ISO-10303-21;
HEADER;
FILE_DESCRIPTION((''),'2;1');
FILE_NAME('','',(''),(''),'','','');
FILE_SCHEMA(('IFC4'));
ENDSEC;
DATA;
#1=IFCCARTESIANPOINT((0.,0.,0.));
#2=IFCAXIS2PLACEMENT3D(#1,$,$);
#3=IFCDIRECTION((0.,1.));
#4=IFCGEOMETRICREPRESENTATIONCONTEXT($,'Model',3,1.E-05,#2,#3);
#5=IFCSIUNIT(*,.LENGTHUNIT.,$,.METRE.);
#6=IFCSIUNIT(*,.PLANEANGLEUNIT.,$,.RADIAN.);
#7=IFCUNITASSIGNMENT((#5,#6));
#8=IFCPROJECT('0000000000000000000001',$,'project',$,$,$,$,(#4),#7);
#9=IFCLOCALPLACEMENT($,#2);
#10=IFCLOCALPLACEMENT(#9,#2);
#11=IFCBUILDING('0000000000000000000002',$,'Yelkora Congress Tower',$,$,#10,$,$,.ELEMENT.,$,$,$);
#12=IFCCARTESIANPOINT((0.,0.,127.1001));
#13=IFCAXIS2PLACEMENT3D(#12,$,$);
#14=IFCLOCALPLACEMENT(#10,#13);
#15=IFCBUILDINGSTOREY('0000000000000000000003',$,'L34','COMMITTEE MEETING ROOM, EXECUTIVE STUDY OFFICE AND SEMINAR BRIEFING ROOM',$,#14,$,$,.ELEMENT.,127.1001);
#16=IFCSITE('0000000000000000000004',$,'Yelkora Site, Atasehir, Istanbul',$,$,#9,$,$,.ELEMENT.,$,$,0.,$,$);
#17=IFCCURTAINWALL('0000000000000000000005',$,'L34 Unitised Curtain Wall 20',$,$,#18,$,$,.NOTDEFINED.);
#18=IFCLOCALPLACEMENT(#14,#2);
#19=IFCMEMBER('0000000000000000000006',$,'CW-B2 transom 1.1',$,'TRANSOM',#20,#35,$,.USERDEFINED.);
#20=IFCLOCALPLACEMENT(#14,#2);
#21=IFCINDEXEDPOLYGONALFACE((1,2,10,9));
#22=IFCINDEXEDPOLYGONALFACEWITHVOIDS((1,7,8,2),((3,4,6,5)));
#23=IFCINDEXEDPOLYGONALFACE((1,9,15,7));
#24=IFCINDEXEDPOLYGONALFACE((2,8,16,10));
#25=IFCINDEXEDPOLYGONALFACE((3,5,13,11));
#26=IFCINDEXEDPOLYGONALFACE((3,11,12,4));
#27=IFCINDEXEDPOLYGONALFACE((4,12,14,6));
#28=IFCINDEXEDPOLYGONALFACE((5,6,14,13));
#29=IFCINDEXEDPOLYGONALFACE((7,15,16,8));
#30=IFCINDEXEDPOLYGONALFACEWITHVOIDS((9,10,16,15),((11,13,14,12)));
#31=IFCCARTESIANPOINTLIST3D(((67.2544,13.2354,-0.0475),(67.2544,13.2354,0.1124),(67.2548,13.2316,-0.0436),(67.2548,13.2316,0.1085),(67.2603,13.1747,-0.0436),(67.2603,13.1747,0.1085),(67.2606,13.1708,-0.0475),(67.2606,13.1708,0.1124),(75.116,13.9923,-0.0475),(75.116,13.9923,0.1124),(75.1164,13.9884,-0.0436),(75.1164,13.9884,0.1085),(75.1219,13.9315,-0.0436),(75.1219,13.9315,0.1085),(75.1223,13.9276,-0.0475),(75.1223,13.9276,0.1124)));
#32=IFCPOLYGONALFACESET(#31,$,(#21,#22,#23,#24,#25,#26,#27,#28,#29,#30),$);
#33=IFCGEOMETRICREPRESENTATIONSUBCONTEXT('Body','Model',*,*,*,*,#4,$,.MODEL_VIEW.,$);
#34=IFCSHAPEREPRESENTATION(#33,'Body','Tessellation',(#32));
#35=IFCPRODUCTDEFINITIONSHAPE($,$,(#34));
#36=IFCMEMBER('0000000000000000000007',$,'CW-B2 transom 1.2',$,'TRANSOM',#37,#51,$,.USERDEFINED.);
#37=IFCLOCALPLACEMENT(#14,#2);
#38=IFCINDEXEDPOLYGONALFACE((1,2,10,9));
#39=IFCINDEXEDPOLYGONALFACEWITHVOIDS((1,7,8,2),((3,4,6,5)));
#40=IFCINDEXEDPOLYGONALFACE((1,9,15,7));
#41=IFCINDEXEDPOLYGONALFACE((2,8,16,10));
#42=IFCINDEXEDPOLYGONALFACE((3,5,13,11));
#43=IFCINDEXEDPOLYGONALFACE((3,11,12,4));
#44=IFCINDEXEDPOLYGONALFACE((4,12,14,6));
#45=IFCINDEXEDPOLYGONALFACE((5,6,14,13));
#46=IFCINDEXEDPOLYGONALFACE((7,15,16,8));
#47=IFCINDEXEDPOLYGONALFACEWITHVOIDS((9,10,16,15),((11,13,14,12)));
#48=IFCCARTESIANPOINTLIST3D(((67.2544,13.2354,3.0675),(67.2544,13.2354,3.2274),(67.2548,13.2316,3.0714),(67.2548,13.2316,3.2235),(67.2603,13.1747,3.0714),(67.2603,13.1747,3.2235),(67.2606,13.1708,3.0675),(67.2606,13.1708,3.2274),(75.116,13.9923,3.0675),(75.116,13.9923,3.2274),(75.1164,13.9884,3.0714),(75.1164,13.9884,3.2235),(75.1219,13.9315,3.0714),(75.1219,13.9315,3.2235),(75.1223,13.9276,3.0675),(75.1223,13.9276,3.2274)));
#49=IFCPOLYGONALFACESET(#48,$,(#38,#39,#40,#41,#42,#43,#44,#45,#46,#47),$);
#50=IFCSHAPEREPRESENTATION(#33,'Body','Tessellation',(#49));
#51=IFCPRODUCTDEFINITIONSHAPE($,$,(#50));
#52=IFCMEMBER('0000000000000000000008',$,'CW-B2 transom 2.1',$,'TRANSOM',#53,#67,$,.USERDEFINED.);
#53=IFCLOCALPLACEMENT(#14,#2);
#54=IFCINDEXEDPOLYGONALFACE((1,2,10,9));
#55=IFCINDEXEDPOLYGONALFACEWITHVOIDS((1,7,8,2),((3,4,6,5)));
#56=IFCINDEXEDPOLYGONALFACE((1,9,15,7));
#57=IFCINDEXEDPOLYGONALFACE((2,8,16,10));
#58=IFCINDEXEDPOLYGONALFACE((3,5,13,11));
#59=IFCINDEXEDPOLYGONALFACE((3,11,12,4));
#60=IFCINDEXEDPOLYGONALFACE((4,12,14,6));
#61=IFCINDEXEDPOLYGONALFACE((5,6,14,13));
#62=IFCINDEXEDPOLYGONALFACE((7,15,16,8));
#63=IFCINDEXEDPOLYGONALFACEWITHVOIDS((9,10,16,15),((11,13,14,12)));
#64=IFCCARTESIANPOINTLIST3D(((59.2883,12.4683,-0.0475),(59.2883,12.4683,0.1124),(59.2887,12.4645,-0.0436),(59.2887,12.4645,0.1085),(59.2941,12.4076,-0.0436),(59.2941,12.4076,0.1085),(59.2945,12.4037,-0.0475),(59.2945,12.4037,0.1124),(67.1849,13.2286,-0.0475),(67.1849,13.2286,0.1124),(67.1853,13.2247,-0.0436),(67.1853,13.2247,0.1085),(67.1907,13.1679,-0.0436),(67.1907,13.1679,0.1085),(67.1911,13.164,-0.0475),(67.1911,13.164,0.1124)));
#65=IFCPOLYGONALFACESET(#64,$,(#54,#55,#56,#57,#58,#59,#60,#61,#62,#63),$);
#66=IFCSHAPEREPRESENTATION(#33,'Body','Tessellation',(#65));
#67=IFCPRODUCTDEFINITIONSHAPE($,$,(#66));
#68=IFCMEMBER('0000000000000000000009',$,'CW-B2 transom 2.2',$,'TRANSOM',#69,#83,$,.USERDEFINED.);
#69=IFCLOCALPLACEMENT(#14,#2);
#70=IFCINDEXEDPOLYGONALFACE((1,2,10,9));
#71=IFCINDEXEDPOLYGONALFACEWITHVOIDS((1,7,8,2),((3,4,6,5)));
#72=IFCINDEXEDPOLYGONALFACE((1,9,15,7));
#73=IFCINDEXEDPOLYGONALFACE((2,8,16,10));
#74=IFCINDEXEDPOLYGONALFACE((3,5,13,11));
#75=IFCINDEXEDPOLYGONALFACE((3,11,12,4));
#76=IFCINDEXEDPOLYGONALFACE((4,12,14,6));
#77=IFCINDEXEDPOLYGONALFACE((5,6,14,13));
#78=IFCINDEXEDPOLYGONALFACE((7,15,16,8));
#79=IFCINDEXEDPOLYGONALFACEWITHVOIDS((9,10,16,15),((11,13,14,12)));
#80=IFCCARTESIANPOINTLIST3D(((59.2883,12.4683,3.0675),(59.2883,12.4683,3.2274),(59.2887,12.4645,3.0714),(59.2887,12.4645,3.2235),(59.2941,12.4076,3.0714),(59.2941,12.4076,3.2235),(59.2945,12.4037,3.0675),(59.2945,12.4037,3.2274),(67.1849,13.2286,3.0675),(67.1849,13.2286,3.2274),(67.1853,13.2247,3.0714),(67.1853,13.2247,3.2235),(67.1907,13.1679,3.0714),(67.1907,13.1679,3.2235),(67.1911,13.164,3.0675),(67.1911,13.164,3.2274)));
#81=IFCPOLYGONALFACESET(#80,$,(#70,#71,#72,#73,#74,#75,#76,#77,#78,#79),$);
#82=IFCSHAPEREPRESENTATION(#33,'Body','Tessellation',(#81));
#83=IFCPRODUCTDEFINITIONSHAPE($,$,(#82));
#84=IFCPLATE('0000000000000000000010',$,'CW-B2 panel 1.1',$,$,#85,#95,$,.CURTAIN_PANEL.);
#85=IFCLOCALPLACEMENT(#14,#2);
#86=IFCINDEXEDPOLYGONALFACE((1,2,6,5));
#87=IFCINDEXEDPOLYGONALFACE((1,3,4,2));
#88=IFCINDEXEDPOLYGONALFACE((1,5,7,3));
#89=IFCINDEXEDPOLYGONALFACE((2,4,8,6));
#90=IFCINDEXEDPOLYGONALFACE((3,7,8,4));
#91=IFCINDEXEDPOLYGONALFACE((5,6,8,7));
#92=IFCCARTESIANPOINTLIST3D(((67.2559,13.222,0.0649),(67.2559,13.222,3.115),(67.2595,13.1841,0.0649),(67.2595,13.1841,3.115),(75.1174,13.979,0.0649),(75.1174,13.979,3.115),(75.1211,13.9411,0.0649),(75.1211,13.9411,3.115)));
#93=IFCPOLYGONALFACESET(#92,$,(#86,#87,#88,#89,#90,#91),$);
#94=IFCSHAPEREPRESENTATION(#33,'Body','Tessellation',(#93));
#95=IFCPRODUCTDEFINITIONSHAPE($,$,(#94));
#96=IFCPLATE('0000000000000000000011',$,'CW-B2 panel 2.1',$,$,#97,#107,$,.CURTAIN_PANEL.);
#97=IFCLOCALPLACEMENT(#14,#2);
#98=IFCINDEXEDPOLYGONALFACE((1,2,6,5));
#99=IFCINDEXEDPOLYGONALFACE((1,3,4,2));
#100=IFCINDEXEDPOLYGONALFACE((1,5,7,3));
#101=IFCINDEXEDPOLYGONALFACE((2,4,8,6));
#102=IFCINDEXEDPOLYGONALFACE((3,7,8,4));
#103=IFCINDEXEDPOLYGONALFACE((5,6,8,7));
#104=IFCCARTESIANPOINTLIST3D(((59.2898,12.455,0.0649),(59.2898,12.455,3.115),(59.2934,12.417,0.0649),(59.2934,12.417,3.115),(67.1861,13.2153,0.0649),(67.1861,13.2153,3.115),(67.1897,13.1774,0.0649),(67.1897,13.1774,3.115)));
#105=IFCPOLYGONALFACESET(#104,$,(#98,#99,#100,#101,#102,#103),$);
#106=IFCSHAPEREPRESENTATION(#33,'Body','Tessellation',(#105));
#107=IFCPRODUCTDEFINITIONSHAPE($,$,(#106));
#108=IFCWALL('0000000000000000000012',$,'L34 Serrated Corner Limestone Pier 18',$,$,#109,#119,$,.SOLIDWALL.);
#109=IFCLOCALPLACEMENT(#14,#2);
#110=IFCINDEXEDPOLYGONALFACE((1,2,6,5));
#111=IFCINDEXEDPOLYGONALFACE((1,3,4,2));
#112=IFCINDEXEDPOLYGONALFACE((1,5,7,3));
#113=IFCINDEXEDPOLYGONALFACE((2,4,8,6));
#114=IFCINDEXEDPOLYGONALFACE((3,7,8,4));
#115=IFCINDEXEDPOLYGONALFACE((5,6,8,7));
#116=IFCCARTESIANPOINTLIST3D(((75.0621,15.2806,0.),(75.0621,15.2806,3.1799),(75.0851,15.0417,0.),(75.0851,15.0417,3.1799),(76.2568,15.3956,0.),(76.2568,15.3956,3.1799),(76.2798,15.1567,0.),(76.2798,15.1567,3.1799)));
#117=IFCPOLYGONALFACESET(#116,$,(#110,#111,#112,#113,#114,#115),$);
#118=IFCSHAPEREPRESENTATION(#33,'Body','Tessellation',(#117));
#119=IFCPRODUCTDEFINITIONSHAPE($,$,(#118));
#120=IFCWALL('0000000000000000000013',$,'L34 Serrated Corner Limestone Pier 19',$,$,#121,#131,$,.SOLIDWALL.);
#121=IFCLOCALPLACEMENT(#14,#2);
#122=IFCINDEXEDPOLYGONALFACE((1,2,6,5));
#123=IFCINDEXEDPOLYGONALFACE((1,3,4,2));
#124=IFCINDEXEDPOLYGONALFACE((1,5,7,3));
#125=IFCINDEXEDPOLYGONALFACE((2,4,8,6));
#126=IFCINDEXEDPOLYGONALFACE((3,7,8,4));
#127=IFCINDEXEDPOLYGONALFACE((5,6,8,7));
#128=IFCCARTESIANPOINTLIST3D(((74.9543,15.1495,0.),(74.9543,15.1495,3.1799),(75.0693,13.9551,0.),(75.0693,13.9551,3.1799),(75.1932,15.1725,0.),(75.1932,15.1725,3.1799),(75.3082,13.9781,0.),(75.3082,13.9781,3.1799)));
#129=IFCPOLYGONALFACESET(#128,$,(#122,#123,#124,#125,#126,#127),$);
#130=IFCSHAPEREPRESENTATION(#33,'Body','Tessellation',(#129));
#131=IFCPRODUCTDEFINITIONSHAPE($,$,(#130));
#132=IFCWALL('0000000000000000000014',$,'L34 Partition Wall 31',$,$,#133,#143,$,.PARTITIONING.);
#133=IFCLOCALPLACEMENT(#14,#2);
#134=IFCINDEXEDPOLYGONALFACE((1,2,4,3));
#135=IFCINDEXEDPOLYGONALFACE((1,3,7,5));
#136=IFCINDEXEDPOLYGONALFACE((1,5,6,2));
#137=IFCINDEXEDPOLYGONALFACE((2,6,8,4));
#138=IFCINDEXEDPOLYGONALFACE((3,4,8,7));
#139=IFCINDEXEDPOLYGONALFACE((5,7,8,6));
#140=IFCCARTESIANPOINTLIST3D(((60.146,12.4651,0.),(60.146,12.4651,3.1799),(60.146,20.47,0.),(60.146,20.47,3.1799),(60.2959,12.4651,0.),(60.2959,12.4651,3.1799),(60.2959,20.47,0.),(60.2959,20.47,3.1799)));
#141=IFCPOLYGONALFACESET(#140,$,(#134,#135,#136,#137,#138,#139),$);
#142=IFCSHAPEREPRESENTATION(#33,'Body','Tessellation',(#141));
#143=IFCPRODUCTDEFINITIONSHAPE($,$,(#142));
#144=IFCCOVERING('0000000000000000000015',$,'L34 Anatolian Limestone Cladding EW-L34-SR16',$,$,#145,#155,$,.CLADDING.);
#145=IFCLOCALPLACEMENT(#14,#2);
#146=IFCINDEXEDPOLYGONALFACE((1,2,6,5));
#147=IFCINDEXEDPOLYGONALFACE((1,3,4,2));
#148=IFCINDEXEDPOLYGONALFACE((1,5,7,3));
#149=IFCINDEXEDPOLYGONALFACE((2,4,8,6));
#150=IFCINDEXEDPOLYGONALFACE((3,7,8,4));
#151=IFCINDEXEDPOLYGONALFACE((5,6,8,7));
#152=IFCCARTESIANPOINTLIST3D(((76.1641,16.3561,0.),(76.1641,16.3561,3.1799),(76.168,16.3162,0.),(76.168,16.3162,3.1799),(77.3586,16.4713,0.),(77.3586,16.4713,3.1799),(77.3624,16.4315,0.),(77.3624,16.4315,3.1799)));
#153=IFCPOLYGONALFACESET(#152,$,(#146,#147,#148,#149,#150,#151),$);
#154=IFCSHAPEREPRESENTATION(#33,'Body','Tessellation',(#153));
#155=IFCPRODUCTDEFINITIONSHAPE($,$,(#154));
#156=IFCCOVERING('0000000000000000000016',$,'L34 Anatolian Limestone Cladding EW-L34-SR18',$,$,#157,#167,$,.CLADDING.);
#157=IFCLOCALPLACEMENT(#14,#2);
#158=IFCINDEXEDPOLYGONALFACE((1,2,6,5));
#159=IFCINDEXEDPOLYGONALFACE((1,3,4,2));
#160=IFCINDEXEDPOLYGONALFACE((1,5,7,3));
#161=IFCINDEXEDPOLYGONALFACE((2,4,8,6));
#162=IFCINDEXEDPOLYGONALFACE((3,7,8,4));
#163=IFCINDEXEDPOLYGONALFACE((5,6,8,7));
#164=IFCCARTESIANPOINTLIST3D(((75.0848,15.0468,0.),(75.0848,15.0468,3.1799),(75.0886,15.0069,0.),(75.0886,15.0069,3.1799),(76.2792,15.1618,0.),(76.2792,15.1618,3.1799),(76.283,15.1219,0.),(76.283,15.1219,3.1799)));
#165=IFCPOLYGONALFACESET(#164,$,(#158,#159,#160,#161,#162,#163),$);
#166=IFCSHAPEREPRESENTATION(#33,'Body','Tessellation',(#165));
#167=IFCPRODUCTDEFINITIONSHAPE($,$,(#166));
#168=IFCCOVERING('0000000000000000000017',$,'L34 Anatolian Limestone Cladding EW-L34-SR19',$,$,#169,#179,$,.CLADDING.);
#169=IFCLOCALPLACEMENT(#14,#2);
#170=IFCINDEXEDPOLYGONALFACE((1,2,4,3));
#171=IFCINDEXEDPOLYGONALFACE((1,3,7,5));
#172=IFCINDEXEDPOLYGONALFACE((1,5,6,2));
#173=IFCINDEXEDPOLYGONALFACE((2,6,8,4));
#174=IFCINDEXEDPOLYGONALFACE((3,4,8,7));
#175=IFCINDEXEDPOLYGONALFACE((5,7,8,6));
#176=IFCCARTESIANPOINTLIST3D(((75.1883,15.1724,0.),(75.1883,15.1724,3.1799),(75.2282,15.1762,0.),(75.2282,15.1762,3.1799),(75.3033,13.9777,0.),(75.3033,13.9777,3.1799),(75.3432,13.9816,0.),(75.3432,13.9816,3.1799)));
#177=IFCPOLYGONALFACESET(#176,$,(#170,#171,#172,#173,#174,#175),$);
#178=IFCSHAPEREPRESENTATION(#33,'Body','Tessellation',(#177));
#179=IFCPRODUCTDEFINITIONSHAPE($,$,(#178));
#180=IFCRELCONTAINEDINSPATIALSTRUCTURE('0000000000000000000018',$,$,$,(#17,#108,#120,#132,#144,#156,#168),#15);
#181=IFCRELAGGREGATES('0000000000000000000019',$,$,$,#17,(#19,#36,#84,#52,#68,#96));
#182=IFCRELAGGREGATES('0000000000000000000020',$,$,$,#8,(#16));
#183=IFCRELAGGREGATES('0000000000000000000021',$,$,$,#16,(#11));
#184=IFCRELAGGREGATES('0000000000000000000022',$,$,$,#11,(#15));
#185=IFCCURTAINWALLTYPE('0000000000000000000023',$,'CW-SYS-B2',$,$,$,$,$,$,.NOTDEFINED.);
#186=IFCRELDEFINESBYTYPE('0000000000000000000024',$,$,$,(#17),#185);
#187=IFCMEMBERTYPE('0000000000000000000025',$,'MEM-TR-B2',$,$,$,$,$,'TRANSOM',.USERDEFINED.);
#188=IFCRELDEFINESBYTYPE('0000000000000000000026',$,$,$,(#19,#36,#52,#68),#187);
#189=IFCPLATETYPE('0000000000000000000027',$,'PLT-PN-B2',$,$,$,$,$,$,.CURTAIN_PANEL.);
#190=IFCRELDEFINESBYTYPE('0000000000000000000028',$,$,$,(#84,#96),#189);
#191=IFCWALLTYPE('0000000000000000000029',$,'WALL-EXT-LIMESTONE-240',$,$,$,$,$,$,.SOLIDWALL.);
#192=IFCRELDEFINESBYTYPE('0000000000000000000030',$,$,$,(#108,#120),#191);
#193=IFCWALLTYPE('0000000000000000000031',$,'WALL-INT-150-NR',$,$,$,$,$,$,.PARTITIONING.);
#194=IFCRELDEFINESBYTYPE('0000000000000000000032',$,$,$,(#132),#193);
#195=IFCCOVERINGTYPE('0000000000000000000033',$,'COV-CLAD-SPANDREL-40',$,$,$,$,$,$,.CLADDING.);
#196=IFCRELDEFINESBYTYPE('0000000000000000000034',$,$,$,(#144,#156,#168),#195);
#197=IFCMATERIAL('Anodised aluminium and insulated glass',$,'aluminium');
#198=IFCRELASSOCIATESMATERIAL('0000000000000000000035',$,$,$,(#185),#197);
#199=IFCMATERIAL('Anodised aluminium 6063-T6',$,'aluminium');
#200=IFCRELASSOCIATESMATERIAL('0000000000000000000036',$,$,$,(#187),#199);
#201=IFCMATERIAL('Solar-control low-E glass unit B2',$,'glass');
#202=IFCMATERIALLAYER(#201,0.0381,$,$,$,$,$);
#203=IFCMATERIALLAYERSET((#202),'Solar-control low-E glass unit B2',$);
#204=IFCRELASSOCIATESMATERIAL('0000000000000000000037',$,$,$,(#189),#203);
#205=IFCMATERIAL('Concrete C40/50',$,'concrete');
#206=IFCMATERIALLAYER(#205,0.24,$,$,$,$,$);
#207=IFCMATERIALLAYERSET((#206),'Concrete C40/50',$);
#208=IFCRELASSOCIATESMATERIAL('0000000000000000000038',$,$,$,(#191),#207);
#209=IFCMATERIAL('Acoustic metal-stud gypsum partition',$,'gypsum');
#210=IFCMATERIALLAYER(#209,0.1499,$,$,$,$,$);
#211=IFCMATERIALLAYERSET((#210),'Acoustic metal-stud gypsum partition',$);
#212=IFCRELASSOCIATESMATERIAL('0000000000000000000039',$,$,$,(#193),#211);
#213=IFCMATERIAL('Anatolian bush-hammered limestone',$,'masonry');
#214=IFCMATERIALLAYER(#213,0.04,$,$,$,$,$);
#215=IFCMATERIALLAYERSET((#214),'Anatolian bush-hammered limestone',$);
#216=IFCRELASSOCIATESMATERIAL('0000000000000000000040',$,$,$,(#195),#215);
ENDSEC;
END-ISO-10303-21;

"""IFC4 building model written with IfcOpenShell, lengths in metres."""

from ifc_helpers import new_model, si_unit, direction, frame, frame_2d, origin, origin_2d, place, context, subcontext, project, spatial, rectangle, hollow_rectangle, extrude, material, layer, layer_set, material_profile, profile_set, type_object, element, aggregate, save


model = new_model("IFC4")

# Units and contexts
model_context = context("Model", 3, precision=1e-05, world=origin(), true_north=direction((0.0, 1.0)))
body_context = subcontext(model_context, "Body", "Model", "MODEL_VIEW")
ifc_project = project(units=[si_unit("LENGTHUNIT", "METRE"), si_unit("PLANEANGLEUNIT", "RADIAN")], contexts=[model_context])

# Site, building, storey
site_placement = place(None, origin())
site = spatial("IfcSite", under=ifc_project, at=site_placement, Name="Yelkora Site, Atasehir, Istanbul", CompositionType="ELEMENT", RefElevation=0.0)
building_placement = place(site_placement, origin())
building = spatial("IfcBuilding", under=site, at=building_placement, Name="Yelkora Congress Tower", CompositionType="ELEMENT")
storey_placement = place(building_placement, frame((0.0, 0.0, 127.1001)))
storey = spatial("IfcBuildingStorey", under=building, at=storey_placement, Name="L34", Description="COMMITTEE MEETING ROOM, EXECUTIVE STUDY OFFICE AND SEMINAR BRIEFING ROOM", CompositionType="ELEMENT", Elevation=127.1001)

# Curtain wall, members, plates
ifc_material_1 = material(Name="Anodised aluminium and insulated glass", Category="aluminium")
curtain_wall_type = type_object("IfcCurtainWallType", Name="CW-SYS-B2", PredefinedType="NOTDEFINED", material=ifc_material_1)
curtain_wall_placement = place(storey_placement, origin())
curtain_wall = element("IfcCurtainWall", 1, at=curtain_wall_placement, inside=storey, type_object=curtain_wall_type, Name="L34 Unitised Curtain Wall 20", PredefinedType="NOTDEFINED")
ifc_material_2 = material(Name="Anodised aluminium 6063-T6", Category="aluminium")
ifc_material_profile_1 = material_profile(ifc_material_2, hollow_rectangle(XDim=0.0649, YDim=0.1599, WallThickness=0.0039, at=origin_2d()), Name="ALU 65x160x4")
ifc_profile_set_1 = profile_set([ifc_material_profile_1], Name="Anodised aluminium 6063-T6")
member_type_1 = type_object("IfcMemberType", Name="MEM-TR-B2", ElementType="TRANSOM", PredefinedType="USERDEFINED", material=ifc_profile_set_1)
member_1_placement = place(storey_placement, frame((75.1191, 13.96, 0.0325), z_axis=(-0.995398, -0.095827, 0.0), x_axis=(0.095827, -0.995398, 0.0)))
member_1 = element("IfcMember", 2, at=member_1_placement, type_object=member_type_1, Name="CW-B2 transom 1.1", ObjectType="TRANSOM", PredefinedType="USERDEFINED", context=body_context, shape_type="SweptSolid", body=[
    extrude(hollow_rectangle(XDim=0.0649, YDim=0.1599, WallThickness=0.0039, at=origin_2d()), origin(), (0.0, 0.0, 1.0), 7.8979),
])
member_2_placement = place(storey_placement, frame((75.1191, 13.96, 3.1475), z_axis=(-0.995398, -0.095827, 0.0), x_axis=(0.095827, -0.995398, 0.0)))
member_2 = element("IfcMember", 3, at=member_2_placement, type_object=member_type_1, Name="CW-B2 transom 1.2", ObjectType="TRANSOM", PredefinedType="USERDEFINED", context=body_context, shape_type="SweptSolid", body=[
    extrude(hollow_rectangle(XDim=0.0649, YDim=0.1599, WallThickness=0.0039, at=origin_2d()), origin(), (0.0, 0.0, 1.0), 7.8979),
])
member_3_placement = place(storey_placement, frame((67.188, 13.1963, 0.0325), z_axis=(-0.995397, -0.095834, 0.0), x_axis=(0.095834, -0.995397, 0.0)))
member_3 = element("IfcMember", 4, at=member_3_placement, type_object=member_type_1, Name="CW-B2 transom 2.1", ObjectType="TRANSOM", PredefinedType="USERDEFINED", context=body_context, shape_type="SweptSolid", body=[
    extrude(hollow_rectangle(XDim=0.0649, YDim=0.1599, WallThickness=0.0039, at=origin_2d()), origin(), (0.0, 0.0, 1.0), 7.9331),
])
member_4_placement = place(storey_placement, frame((67.188, 13.1963, 3.1475), z_axis=(-0.995397, -0.095834, 0.0), x_axis=(0.095834, -0.995397, 0.0)))
member_4 = element("IfcMember", 5, at=member_4_placement, type_object=member_type_1, Name="CW-B2 transom 2.2", ObjectType="TRANSOM", PredefinedType="USERDEFINED", context=body_context, shape_type="SweptSolid", body=[
    extrude(hollow_rectangle(XDim=0.0649, YDim=0.1599, WallThickness=0.0039, at=origin_2d()), origin(), (0.0, 0.0, 1.0), 7.9331),
])
ifc_material_3 = material(Name="Solar-control low-E glass unit B2", Category="glass")
ifc_layer_1 = layer(ifc_material_3, 0.0381)
ifc_layer_set_1 = layer_set([ifc_layer_1], Name="Solar-control low-E glass unit B2")
plate_type = type_object("IfcPlateType", Name="PLT-PN-B2", PredefinedType="CURTAIN_PANEL", material=ifc_layer_set_1)
plate_1_placement = place(storey_placement, frame((71.1885, 13.5815, 0.0649), z_axis=(0.0, 0.0, 1.0), x_axis=(-0.995396, -0.095844, 0.0)))
plate_1 = element("IfcPlate", 6, at=plate_1_placement, type_object=plate_type, Name="CW-B2 panel 1.1", PredefinedType="CURTAIN_PANEL", context=body_context, shape_type="SweptSolid", body=[
    extrude(rectangle(XDim=7.8979, YDim=0.0381, at=origin_2d()), origin(), (0.0, 0.0, 1.0), 3.05),
])
plate_2_placement = place(storey_placement, frame((63.2397, 12.8162, 0.0649), z_axis=(0.0, 0.0, 1.0), x_axis=(-0.995396, -0.095844, 0.0)))
plate_2 = element("IfcPlate", 7, at=plate_2_placement, type_object=plate_type, Name="CW-B2 panel 2.1", PredefinedType="CURTAIN_PANEL", context=body_context, shape_type="SweptSolid", body=[
    extrude(rectangle(XDim=7.9329, YDim=0.0381, at=origin_2d()), origin(), (0.0, 0.0, 1.0), 3.05),
])
aggregate(curtain_wall, [member_1, member_2, plate_1, member_3, member_4, plate_2])

# Walls
ifc_material_4 = material(Name="Concrete C40/50", Category="concrete")
ifc_layer_2 = layer(ifc_material_4, 0.24)
ifc_layer_set_2 = layer_set([ifc_layer_2], Name="Concrete C40/50")
wall_type_1 = type_object("IfcWallType", Name="WALL-EXT-LIMESTONE-240", PredefinedType="SOLIDWALL", material=ifc_layer_set_2)
wall_1_placement = place(storey_placement, frame((76.2683, 15.2761, 0.0), z_axis=(0.0, 0.0, 1.0), x_axis=(-0.995399, -0.095817, 0.0)))
element("IfcWall", 8, at=wall_1_placement, inside=storey, type_object=wall_type_1, Name="L34 Serrated Corner Limestone Pier 18", PredefinedType="SOLIDWALL", context=body_context, shape_type="SweptSolid", body=[
    extrude(rectangle(XDim=1.2002, YDim=0.24, at=frame_2d((0.6001, 0.0))), origin(), (0.0, 0.0, 1.0), 3.1799),
])
wall_2_placement = place(storey_placement, frame((75.0737, 15.1611, 0.0), z_axis=(0.0, 0.0, 1.0), x_axis=(0.095836, -0.995397, 0.0)))
element("IfcWall", 9, at=wall_2_placement, inside=storey, type_object=wall_type_1, Name="L34 Serrated Corner Limestone Pier 19", PredefinedType="SOLIDWALL", context=body_context, shape_type="SweptSolid", body=[
    extrude(rectangle(XDim=1.2, YDim=0.24, at=frame_2d((0.6001, 0.0))), origin(), (0.0, 0.0, 1.0), 3.1799),
])
ifc_material_5 = material(Name="Acoustic metal-stud gypsum partition", Category="gypsum")
ifc_layer_3 = layer(ifc_material_5, 0.1499)
ifc_layer_set_3 = layer_set([ifc_layer_3], Name="Acoustic metal-stud gypsum partition")
wall_type_2 = type_object("IfcWallType", Name="WALL-INT-150-NR", PredefinedType="PARTITIONING", material=ifc_layer_set_3)
wall_3_placement = place(storey_placement, frame((60.2209, 12.4651, 0.0), z_axis=(0.0, 0.0, 1.0), x_axis=(0.0, 1.0, 0.0)))
element("IfcWall", 10, at=wall_3_placement, inside=storey, type_object=wall_type_2, Name="L34 Partition Wall 31", PredefinedType="PARTITIONING", context=body_context, shape_type="SweptSolid", body=[
    extrude(rectangle(XDim=8.0049, YDim=0.1499, at=frame_2d((4.0024, 0.0))), origin(), (0.0, 0.0, 1.0), 3.1799),
])

# Coverings
ifc_material_6 = material(Name="Anatolian bush-hammered limestone", Category="masonry")
ifc_layer_4 = layer(ifc_material_6, 0.04)
ifc_layer_set_4 = layer_set([ifc_layer_4], Name="Anatolian bush-hammered limestone")
covering_type = type_object("IfcCoveringType", Name="COV-CLAD-SPANDREL-40", PredefinedType="CLADDING", material=ifc_layer_set_4)
for number, where, z_axis, x_axis, name in (
    (11, (77.3606, 16.4514, 0.0), (0.0, 0.0, 1.0), (-0.995378, -0.096038, 0.0), "L34 Anatolian Limestone Cladding EW-L34-SR16"),
    (12, (76.2812, 15.1418, 0.0), (0.0, 0.0, 1.0), (-0.995397, -0.095836, 0.0), "L34 Anatolian Limestone Cladding EW-L34-SR18"),
):
    element("IfcCovering", number, at=place(storey_placement, frame(where, z_axis=z_axis, x_axis=x_axis)), inside=storey, type_object=covering_type, Name=name, PredefinedType="CLADDING", context=body_context, shape_type="SweptSolid", body=[
        extrude(rectangle(XDim=1.2, YDim=0.04, at=frame_2d((0.6001, 0.0))), origin(), (0.0, 0.0, 1.0), 3.1799),
    ])
covering_placement = place(storey_placement, frame((75.2083, 15.1743, 0.0), z_axis=(0.0, 0.0, 1.0), x_axis=(0.095817, -0.995399, 0.0)))
element("IfcCovering", 13, at=covering_placement, inside=storey, type_object=covering_type, Name="L34 Anatolian Limestone Cladding EW-L34-SR19", PredefinedType="CLADDING", context=body_context, shape_type="SweptSolid", body=[
    extrude(rectangle(XDim=1.2002, YDim=0.04, at=frame_2d((0.6001, 0.0))), origin(), (0.0, 0.0, 1.0), 3.1799),
])

save(model, "model.ifc")
